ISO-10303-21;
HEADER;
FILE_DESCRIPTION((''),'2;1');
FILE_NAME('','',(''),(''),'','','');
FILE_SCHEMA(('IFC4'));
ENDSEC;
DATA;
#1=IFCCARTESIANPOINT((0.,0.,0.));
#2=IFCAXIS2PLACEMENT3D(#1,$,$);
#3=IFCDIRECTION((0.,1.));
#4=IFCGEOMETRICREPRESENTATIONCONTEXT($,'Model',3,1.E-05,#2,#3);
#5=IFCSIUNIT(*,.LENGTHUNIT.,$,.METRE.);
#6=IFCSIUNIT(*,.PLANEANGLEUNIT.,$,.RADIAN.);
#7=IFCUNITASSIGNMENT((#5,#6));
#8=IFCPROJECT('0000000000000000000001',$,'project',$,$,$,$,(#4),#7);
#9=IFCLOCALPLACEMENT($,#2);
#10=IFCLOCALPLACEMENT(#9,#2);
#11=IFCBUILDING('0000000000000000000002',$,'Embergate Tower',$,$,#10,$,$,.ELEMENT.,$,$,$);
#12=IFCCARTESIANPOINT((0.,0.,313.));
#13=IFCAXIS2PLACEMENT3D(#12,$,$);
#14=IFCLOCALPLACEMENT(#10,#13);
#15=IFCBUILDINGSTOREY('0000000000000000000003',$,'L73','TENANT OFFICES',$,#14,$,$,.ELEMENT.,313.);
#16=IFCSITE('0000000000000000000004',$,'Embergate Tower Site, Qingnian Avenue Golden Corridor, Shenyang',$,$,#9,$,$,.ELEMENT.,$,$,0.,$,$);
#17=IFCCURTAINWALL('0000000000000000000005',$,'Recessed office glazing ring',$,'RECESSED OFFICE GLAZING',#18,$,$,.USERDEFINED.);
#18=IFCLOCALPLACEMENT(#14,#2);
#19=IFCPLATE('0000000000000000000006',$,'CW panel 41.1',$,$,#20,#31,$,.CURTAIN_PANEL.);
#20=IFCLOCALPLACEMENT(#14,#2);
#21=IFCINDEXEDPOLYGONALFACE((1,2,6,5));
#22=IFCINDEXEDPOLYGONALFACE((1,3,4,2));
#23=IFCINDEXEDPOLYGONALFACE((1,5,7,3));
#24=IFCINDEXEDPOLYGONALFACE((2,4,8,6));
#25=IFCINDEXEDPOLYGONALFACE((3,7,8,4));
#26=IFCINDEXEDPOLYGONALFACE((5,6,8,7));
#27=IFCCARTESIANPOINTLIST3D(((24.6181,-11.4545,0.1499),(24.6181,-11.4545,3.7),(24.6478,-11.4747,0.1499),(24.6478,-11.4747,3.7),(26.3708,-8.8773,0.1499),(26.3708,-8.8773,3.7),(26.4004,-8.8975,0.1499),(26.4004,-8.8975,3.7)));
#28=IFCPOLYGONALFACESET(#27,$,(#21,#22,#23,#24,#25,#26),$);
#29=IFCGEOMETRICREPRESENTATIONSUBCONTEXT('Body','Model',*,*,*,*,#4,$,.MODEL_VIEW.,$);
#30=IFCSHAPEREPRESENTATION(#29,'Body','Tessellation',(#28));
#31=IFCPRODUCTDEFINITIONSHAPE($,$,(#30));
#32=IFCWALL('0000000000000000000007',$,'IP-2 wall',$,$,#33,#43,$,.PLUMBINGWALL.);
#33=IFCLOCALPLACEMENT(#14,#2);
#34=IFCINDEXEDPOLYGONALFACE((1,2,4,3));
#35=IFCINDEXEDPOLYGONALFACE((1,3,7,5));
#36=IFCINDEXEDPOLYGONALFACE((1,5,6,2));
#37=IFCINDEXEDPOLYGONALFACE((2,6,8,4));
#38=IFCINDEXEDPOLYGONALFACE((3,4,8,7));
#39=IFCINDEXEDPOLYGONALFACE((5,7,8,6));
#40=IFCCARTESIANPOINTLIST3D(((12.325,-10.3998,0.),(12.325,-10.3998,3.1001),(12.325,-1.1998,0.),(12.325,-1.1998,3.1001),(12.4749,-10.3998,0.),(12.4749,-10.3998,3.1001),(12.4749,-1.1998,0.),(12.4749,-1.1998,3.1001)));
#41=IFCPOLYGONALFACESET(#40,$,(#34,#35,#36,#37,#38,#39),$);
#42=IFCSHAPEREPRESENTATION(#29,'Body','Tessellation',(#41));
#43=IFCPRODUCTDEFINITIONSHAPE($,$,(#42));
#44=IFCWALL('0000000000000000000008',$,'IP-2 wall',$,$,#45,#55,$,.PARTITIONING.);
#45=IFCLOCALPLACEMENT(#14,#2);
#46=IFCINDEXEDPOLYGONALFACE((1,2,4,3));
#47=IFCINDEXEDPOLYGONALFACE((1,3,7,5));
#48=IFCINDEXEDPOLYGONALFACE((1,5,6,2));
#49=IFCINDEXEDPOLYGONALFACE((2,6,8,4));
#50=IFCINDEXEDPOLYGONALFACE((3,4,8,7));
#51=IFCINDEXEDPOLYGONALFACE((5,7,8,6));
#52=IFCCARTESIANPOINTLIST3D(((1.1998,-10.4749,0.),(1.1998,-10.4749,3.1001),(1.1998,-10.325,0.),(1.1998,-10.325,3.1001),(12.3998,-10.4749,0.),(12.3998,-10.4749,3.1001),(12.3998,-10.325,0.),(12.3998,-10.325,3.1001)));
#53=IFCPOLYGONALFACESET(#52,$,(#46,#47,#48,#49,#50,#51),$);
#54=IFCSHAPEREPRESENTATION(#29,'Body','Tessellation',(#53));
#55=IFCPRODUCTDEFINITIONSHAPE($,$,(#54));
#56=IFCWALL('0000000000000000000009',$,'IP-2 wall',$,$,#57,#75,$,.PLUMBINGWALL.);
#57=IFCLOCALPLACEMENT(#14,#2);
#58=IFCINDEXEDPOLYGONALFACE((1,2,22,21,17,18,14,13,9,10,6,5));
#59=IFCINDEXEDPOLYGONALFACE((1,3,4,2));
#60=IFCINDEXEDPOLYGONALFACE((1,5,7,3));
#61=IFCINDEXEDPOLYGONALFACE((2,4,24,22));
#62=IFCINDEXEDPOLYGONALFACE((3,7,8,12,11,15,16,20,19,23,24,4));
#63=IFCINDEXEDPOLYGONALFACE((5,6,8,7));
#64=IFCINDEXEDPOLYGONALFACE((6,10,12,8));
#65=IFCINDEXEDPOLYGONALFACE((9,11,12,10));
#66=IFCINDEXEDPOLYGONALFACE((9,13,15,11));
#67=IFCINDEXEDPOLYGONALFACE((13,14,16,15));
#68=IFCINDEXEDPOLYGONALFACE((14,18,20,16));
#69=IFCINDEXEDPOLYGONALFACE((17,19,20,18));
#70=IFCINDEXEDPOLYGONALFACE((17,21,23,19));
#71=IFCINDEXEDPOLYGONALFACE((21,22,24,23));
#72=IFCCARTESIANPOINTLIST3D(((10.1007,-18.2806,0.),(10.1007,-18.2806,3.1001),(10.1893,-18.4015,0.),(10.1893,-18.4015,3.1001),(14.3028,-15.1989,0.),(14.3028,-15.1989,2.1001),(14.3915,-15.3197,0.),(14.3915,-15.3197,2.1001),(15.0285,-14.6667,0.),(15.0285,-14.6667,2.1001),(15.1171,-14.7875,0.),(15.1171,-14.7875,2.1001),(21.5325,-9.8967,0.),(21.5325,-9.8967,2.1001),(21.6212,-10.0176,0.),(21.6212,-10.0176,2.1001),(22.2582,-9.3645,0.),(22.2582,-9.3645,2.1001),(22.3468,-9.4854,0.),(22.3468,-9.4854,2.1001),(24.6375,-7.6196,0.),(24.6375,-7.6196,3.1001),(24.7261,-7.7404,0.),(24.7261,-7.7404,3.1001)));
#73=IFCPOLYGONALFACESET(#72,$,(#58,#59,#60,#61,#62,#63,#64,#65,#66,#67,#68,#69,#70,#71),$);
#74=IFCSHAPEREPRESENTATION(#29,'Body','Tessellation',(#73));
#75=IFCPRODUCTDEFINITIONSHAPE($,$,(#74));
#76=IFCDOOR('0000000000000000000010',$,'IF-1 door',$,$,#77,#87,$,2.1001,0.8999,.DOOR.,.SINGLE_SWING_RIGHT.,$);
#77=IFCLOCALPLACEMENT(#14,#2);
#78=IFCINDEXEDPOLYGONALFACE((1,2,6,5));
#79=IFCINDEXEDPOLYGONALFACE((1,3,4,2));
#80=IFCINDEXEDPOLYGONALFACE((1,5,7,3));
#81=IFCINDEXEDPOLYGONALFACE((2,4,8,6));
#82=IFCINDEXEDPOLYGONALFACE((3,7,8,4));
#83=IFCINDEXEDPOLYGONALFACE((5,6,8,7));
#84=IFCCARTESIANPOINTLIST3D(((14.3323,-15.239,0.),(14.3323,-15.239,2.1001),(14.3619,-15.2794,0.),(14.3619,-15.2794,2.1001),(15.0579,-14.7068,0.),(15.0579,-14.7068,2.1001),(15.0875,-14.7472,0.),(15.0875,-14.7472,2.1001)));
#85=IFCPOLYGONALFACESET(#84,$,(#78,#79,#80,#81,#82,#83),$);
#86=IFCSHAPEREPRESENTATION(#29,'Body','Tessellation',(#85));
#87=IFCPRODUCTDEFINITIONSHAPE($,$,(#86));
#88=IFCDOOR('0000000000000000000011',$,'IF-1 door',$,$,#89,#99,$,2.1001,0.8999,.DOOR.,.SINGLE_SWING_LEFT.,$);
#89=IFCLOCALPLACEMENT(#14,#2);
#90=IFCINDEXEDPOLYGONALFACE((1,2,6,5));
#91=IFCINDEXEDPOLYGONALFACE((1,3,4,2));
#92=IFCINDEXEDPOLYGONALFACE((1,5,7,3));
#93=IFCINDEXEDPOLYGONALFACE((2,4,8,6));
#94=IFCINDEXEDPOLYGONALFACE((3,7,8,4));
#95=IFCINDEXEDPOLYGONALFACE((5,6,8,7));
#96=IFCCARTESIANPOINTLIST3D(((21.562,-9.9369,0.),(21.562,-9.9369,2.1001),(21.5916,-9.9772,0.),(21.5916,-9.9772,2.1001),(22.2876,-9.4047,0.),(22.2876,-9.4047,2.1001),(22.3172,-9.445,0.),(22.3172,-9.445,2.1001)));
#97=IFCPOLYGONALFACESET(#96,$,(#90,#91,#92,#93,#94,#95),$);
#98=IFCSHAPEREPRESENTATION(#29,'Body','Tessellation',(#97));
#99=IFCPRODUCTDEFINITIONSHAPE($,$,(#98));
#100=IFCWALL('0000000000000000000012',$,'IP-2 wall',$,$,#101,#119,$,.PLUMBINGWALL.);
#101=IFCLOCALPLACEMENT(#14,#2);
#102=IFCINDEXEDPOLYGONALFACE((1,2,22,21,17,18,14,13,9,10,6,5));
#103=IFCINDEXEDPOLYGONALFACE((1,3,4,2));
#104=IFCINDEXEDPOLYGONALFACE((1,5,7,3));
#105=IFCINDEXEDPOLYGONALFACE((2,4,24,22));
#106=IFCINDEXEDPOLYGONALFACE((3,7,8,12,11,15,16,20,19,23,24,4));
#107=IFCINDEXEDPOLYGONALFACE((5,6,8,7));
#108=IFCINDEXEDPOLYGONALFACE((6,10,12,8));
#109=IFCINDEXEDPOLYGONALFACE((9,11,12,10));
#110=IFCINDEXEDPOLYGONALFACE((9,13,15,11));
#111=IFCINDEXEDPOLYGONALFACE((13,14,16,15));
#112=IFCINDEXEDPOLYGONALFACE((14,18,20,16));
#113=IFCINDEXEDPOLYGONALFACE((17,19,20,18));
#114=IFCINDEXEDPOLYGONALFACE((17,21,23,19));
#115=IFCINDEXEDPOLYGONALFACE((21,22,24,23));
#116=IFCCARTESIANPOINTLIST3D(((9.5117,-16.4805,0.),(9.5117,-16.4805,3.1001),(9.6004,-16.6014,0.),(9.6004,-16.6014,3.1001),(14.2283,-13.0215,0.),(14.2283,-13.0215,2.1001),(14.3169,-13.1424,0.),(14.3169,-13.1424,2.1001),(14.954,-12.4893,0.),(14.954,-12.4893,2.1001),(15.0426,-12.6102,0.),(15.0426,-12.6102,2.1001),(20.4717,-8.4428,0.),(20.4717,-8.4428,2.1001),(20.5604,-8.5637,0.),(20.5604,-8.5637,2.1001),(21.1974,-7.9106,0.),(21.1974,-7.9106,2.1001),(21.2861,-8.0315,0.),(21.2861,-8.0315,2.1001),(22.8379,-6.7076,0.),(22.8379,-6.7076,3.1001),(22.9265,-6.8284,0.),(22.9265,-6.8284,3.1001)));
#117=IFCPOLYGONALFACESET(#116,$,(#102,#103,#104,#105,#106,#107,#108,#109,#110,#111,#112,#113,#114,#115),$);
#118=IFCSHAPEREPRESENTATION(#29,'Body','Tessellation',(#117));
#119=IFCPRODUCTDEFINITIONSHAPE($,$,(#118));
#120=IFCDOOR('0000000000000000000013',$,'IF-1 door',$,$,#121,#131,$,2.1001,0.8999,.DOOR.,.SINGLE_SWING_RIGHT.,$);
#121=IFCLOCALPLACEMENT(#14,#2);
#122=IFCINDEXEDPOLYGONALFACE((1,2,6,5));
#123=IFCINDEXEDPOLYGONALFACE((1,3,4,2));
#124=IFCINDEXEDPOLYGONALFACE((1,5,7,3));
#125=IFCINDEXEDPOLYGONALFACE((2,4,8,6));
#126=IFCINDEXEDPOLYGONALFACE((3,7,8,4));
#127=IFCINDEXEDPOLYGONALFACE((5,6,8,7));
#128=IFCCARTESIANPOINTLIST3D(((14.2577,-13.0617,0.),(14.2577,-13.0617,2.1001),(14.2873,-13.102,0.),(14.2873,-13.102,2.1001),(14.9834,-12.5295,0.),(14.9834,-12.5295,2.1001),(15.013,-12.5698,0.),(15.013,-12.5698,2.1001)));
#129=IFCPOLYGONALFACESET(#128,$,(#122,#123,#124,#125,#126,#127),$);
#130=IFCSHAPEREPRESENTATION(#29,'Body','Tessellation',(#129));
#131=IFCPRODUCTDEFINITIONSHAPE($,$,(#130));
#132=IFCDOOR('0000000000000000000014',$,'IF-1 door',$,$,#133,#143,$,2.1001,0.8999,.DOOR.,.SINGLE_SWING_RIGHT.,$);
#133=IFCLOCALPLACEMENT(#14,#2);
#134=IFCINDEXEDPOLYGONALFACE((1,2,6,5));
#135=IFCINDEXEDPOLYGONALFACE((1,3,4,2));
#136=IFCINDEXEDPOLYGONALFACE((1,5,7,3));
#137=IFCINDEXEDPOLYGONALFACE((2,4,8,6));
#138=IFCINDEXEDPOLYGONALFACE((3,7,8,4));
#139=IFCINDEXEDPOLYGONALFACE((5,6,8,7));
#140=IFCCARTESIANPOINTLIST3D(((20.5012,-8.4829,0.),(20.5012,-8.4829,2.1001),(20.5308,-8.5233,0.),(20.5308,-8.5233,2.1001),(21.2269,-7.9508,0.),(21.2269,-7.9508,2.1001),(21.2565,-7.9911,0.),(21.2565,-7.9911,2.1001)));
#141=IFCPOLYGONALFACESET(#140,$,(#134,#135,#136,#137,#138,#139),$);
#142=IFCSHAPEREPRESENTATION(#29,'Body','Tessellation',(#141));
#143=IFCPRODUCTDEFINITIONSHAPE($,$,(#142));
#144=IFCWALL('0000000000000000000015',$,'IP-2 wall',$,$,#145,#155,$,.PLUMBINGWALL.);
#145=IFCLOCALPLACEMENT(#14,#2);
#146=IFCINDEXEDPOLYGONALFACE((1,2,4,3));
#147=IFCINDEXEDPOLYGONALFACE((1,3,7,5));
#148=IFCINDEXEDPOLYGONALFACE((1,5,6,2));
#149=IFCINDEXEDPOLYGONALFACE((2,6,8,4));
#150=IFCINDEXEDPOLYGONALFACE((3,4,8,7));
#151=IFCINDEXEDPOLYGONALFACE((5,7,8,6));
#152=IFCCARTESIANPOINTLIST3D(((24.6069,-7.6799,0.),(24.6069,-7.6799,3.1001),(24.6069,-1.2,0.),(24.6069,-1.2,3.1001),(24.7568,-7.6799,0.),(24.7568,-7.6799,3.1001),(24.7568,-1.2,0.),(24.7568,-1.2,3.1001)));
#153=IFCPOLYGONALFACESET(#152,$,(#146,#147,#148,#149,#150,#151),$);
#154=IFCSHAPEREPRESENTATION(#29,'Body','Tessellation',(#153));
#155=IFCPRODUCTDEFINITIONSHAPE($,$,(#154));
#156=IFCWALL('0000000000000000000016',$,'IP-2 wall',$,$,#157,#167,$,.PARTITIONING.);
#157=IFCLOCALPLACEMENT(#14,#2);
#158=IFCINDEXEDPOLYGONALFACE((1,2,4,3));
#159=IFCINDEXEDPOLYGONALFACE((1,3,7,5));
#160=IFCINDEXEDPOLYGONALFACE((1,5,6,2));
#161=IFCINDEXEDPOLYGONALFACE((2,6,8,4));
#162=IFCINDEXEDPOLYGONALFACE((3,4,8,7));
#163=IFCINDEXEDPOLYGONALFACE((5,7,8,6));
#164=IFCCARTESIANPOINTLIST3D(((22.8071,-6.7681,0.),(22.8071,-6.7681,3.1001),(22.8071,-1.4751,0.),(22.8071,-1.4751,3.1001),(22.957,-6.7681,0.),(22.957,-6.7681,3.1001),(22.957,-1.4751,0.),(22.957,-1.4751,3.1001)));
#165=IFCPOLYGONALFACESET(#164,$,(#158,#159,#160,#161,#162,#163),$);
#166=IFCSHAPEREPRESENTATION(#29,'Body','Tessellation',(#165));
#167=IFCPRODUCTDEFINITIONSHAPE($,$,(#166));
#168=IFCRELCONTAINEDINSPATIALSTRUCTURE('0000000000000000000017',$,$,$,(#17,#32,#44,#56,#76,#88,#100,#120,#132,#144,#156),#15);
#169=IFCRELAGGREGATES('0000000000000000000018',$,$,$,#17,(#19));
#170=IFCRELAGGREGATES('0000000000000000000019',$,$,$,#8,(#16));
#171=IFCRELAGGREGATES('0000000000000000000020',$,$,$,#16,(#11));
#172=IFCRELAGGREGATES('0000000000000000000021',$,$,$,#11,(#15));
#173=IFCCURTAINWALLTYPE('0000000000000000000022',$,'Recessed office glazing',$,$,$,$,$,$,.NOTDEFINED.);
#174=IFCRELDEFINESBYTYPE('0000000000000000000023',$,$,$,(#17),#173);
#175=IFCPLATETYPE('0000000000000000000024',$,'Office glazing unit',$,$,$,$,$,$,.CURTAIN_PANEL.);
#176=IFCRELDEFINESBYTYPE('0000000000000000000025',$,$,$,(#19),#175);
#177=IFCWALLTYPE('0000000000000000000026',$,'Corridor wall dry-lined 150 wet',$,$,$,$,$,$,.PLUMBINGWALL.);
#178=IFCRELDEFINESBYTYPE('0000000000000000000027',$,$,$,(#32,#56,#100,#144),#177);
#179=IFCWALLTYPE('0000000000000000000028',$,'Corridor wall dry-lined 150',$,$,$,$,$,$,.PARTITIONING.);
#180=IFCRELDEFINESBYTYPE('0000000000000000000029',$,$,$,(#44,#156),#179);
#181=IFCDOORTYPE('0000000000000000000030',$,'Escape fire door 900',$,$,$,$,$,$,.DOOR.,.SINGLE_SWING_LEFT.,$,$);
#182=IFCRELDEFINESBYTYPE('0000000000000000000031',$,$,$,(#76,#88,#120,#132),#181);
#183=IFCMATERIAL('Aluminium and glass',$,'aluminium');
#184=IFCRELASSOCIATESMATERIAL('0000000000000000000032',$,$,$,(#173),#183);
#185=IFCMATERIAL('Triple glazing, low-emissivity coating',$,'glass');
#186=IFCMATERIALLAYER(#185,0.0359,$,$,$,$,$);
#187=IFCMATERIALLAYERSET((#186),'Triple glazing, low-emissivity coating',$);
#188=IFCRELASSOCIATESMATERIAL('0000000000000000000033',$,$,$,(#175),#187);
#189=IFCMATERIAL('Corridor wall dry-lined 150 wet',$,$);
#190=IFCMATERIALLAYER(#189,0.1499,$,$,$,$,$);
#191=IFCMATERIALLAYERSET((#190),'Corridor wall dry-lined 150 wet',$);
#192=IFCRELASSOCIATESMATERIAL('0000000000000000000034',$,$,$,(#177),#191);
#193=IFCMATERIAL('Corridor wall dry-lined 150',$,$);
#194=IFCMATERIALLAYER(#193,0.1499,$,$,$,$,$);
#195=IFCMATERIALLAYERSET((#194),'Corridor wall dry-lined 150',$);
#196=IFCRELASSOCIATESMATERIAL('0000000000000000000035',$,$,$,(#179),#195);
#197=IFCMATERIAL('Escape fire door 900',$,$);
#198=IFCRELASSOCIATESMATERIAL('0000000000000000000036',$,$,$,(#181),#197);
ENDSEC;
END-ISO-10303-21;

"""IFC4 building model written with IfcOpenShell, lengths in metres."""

from ifc_helpers import new_model, si_unit, direction, frame, frame_2d, origin, origin_2d, place, context, subcontext, project, spatial, rectangle, extrude, source, transform, mapped, material, layer, layer_set, type_object, element, fill, aggregate, save


model = new_model("IFC4")

# Units and contexts
model_context = context("Model", 3, precision=1e-05, world=origin(), true_north=direction((0.0, 1.0)))
body_context = subcontext(model_context, "Body", "Model", "MODEL_VIEW")
ifc_project = project(units=[si_unit("LENGTHUNIT", "METRE"), si_unit("PLANEANGLEUNIT", "RADIAN")], contexts=[model_context])

# Site, building, storey
site_placement = place(None, origin())
site = spatial("IfcSite", under=ifc_project, at=site_placement, Name="Embergate Tower Site, Qingnian Avenue Golden Corridor, Shenyang", CompositionType="ELEMENT", RefElevation=0.0)
building_placement = place(site_placement, origin())
building = spatial("IfcBuilding", under=site, at=building_placement, Name="Embergate Tower", CompositionType="ELEMENT")
storey_placement = place(building_placement, frame((0.0, 0.0, 313.0)))
storey = spatial("IfcBuildingStorey", under=building, at=storey_placement, Name="L73", Description="TENANT OFFICES", CompositionType="ELEMENT", Elevation=313.0)

# Curtain wall, plate
ifc_material_1 = material(Name="Aluminium and glass", Category="aluminium")
curtain_wall_type = type_object("IfcCurtainWallType", Name="Recessed office glazing", PredefinedType="NOTDEFINED", material=ifc_material_1)
curtain_wall_placement = place(storey_placement, origin())
curtain_wall = element("IfcCurtainWall", 1, at=curtain_wall_placement, inside=storey, type_object=curtain_wall_type, Name="Recessed office glazing ring", ObjectType="RECESSED OFFICE GLAZING", PredefinedType="USERDEFINED")
ifc_material_2 = material(Name="Triple glazing, low-emissivity coating", Category="glass")
ifc_layer_1 = layer(ifc_material_2, 0.0359)
ifc_layer_set_1 = layer_set([ifc_layer_1], Name="Triple glazing, low-emissivity coating")
plate_type = type_object("IfcPlateType", Name="Office glazing unit", PredefinedType="CURTAIN_PANEL", material=ifc_layer_set_1)
shared_shape_1 = source(origin(), body_context, "Body", "SweptSolid", [
    extrude(rectangle(XDim=3.1167, YDim=0.0359, at=origin_2d()), origin(), (0.0, 0.0, 1.0), 3.55),
])
plate_1_placement = place(storey_placement, frame((25.5093, -10.176, 0.1499), z_axis=(0.0, 0.0, 1.0), x_axis=(0.562343, 0.826904, 0.0)))
plate_1 = element("IfcPlate", 2, at=plate_1_placement, type_object=plate_type, Name="CW panel 41.1", PredefinedType="CURTAIN_PANEL", context=body_context, shape_type="MappedRepresentation", body=[
    mapped(shared_shape_1, transform((0.0, 0.0, 0.0))),
])
aggregate(curtain_wall, [plate_1])

# Walls
ifc_material_3 = material(Name="Corridor wall dry-lined 150 wet")
ifc_layer_2 = layer(ifc_material_3, 0.1499)
ifc_layer_set_2 = layer_set([ifc_layer_2], Name="Corridor wall dry-lined 150 wet")
wall_type_1 = type_object("IfcWallType", Name="Corridor wall dry-lined 150 wet", PredefinedType="PLUMBINGWALL", material=ifc_layer_set_2)
shared_shape_2 = source(origin(), body_context, "Body", "SweptSolid", [
    extrude(rectangle(XDim=9.2, YDim=0.1499, at=frame_2d((4.6001, 0.0))), origin(), (0.0, 0.0, 1.0), 3.1001),
])
wall_1_placement = place(storey_placement, frame((12.3999, -10.3999, 0.0), z_axis=(0.0, 0.0, 1.0), x_axis=(0.0, 1.0, 0.0)))
element("IfcWall", 3, at=wall_1_placement, inside=storey, type_object=wall_type_1, Name="IP-2 wall", PredefinedType="PLUMBINGWALL", context=body_context, shape_type="MappedRepresentation", body=[
    mapped(shared_shape_2, transform((0.0, 0.0, 0.0))),
])
ifc_material_4 = material(Name="Corridor wall dry-lined 150")
ifc_layer_3 = layer(ifc_material_4, 0.1499)
ifc_layer_set_3 = layer_set([ifc_layer_3], Name="Corridor wall dry-lined 150")
wall_type_2 = type_object("IfcWallType", Name="Corridor wall dry-lined 150", PredefinedType="PARTITIONING", material=ifc_layer_set_3)
shared_shape_3 = source(origin(), body_context, "Body", "SweptSolid", [
    extrude(rectangle(XDim=11.2, YDim=0.1499, at=frame_2d((5.6001, 0.0))), origin(), (0.0, 0.0, 1.0), 3.1001),
])
wall_2_placement = place(storey_placement, frame((12.3999, -10.3999, 0.0), z_axis=(0.0, 0.0, 1.0), x_axis=(-1.0, 0.0, 0.0)))
element("IfcWall", 4, at=wall_2_placement, inside=storey, type_object=wall_type_2, Name="IP-2 wall", PredefinedType="PARTITIONING", context=body_context, shape_type="MappedRepresentation", body=[
    mapped(shared_shape_3, transform((0.0, 0.0, 0.0))),
])

# Walls, openings, doors
shared_shape_4 = source(origin(), body_context, "Body", "SweptSolid", [
    extrude(rectangle(XDim=18.0271, YDim=0.1499, at=frame_2d((9.0137, 0.0))), origin(), (0.0, 0.0, 1.0), 3.1001),
])
wall_3_placement = place(storey_placement, frame((24.6819, -7.6799, 0.0), z_axis=(0.0, 0.0, 1.0), x_axis=(-0.806385, -0.591391, 0.0)))
wall_3 = element("IfcWall", 5, at=wall_3_placement, inside=storey, type_object=wall_type_1, Name="IP-2 wall", PredefinedType="PLUMBINGWALL", context=body_context, shape_type="MappedRepresentation", body=[
    mapped(shared_shape_4, transform((0.0, 0.0, 0.0))),
])
shared_shape_5 = source(origin(), body_context, "Body", "SweptSolid", [
    extrude(rectangle(XDim=0.8999, YDim=2.1001, at=frame_2d((0.45, 1.05))), frame((0.0, 0.085, 0.0), z_axis=(0.0, -1.0, 0.0), x_axis=(1.0, 0.0, 0.0)), (0.0, 0.0, 1.0), 0.1699),
])
opening_1_placement = place(wall_3_placement, frame((11.9163, 0.0, 0.0)))
opening_1 = element("IfcOpeningElement", 6, at=opening_1_placement, cuts=wall_3, PredefinedType="OPENING", context=body_context, shape_type="MappedRepresentation", body=[
    mapped(shared_shape_5, transform((0.0, 0.0, 0.0))),
])
opening_2_placement = place(wall_3_placement, frame((2.9507, 0.0, 0.0)))
opening_2 = element("IfcOpeningElement", 7, at=opening_2_placement, cuts=wall_3, PredefinedType="OPENING", context=body_context, shape_type="MappedRepresentation", body=[
    mapped(shared_shape_5, transform((0.0, 0.0, 0.0))),
])
ifc_material_5 = material(Name="Escape fire door 900")
door_type = type_object("IfcDoorType", Name="Escape fire door 900", OperationType="SINGLE_SWING_LEFT", PredefinedType="DOOR", material=ifc_material_5)
shared_shape_6 = source(origin(), body_context, "Body", "SweptSolid", [
    extrude(rectangle(XDim=0.8999, YDim=2.1001, at=frame_2d((0.45, 1.05))), frame((0.0, 0.0249, 0.0), z_axis=(0.0, -1.0, 0.0), x_axis=(1.0, 0.0, 0.0)), (0.0, 0.0, 1.0), 0.05),
])
door_1_placement = place(opening_1_placement, origin())
door_1 = element("IfcDoor", 8, at=door_1_placement, inside=storey, type_object=door_type, Name="IF-1 door", OperationType="SINGLE_SWING_RIGHT", OverallHeight=2.1001, OverallWidth=0.8999, PredefinedType="DOOR", context=body_context, shape_type="MappedRepresentation", body=[
    mapped(shared_shape_6, transform((0.0, 0.0, 0.0))),
])
fill(opening_1, door_1)
door_2_placement = place(opening_2_placement, origin())
door_2 = element("IfcDoor", 9, at=door_2_placement, inside=storey, type_object=door_type, Name="IF-1 door", OperationType="SINGLE_SWING_LEFT", OverallHeight=2.1001, OverallWidth=0.8999, PredefinedType="DOOR", context=body_context, shape_type="MappedRepresentation", body=[
    mapped(shared_shape_6, transform((0.0, 0.0, 0.0))),
])
fill(opening_2, door_2)
shared_shape_7 = source(origin(), body_context, "Body", "SweptSolid", [
    extrude(rectangle(XDim=16.5256, YDim=0.1499, at=frame_2d((8.2627, 0.0))), origin(), (0.0, 0.0, 1.0), 3.1001),
])
wall_4_placement = place(storey_placement, frame((22.8821, -6.7681, 0.0), z_axis=(0.0, 0.0, 1.0), x_axis=(-0.806393, -0.59138, 0.0)))
wall_4 = element("IfcWall", 10, at=wall_4_placement, inside=storey, type_object=wall_type_1, Name="IP-2 wall", PredefinedType="PLUMBINGWALL", context=body_context, shape_type="MappedRepresentation", body=[
    mapped(shared_shape_7, transform((0.0, 0.0, 0.0))),
])
opening_3_placement = place(wall_4_placement, frame((9.7766, 0.0, 0.0)))
opening_3 = element("IfcOpeningElement", 11, at=opening_3_placement, cuts=wall_4, PredefinedType="OPENING", context=body_context, shape_type="MappedRepresentation", body=[
    mapped(shared_shape_5, transform((0.0, 0.0, 0.0))),
])
opening_4_placement = place(wall_4_placement, frame((2.0342, 0.0, 0.0)))
opening_4 = element("IfcOpeningElement", 12, at=opening_4_placement, cuts=wall_4, PredefinedType="OPENING", context=body_context, shape_type="MappedRepresentation", body=[
    mapped(shared_shape_5, transform((0.0, 0.0, 0.0))),
])
door_3_placement = place(opening_3_placement, origin())
door_3 = element("IfcDoor", 13, at=door_3_placement, inside=storey, type_object=door_type, Name="IF-1 door", OperationType="SINGLE_SWING_RIGHT", OverallHeight=2.1001, OverallWidth=0.8999, PredefinedType="DOOR", context=body_context, shape_type="MappedRepresentation", body=[
    mapped(shared_shape_6, transform((0.0, 0.0, 0.0))),
])
fill(opening_3, door_3)
door_4_placement = place(opening_4_placement, origin())
door_4 = element("IfcDoor", 14, at=door_4_placement, inside=storey, type_object=door_type, Name="IF-1 door", OperationType="SINGLE_SWING_RIGHT", OverallHeight=2.1001, OverallWidth=0.8999, PredefinedType="DOOR", context=body_context, shape_type="MappedRepresentation", body=[
    mapped(shared_shape_6, transform((0.0, 0.0, 0.0))),
])
fill(opening_4, door_4)

# Walls
shared_shape_8 = source(origin(), body_context, "Body", "SweptSolid", [
    extrude(rectangle(XDim=6.48, YDim=0.1499, at=frame_2d((3.24, 0.0))), origin(), (0.0, 0.0, 1.0), 3.1001),
])
wall_5_placement = place(storey_placement, frame((24.6819, -7.6799, 0.0), z_axis=(0.0, 0.0, 1.0), x_axis=(0.0, 1.0, 0.0)))
element("IfcWall", 15, at=wall_5_placement, inside=storey, type_object=wall_type_1, Name="IP-2 wall", PredefinedType="PLUMBINGWALL", context=body_context, shape_type="MappedRepresentation", body=[
    mapped(shared_shape_8, transform((0.0, 0.0, 0.0))),
])
shared_shape_9 = source(origin(), body_context, "Body", "SweptSolid", [
    extrude(rectangle(XDim=5.293, YDim=0.1499, at=frame_2d((2.6465, 0.0))), origin(), (0.0, 0.0, 1.0), 3.1001),
])
wall_6_placement = place(storey_placement, frame((22.8821, -1.4751, 0.0), z_axis=(0.0, 0.0, 1.0), x_axis=(0.0, -1.0, 0.0)))
element("IfcWall", 16, at=wall_6_placement, inside=storey, type_object=wall_type_2, Name="IP-2 wall", PredefinedType="PARTITIONING", context=body_context, shape_type="MappedRepresentation", body=[
    mapped(shared_shape_9, transform((0.0, 0.0, 0.0))),
])

save(model, "model.ifc")
